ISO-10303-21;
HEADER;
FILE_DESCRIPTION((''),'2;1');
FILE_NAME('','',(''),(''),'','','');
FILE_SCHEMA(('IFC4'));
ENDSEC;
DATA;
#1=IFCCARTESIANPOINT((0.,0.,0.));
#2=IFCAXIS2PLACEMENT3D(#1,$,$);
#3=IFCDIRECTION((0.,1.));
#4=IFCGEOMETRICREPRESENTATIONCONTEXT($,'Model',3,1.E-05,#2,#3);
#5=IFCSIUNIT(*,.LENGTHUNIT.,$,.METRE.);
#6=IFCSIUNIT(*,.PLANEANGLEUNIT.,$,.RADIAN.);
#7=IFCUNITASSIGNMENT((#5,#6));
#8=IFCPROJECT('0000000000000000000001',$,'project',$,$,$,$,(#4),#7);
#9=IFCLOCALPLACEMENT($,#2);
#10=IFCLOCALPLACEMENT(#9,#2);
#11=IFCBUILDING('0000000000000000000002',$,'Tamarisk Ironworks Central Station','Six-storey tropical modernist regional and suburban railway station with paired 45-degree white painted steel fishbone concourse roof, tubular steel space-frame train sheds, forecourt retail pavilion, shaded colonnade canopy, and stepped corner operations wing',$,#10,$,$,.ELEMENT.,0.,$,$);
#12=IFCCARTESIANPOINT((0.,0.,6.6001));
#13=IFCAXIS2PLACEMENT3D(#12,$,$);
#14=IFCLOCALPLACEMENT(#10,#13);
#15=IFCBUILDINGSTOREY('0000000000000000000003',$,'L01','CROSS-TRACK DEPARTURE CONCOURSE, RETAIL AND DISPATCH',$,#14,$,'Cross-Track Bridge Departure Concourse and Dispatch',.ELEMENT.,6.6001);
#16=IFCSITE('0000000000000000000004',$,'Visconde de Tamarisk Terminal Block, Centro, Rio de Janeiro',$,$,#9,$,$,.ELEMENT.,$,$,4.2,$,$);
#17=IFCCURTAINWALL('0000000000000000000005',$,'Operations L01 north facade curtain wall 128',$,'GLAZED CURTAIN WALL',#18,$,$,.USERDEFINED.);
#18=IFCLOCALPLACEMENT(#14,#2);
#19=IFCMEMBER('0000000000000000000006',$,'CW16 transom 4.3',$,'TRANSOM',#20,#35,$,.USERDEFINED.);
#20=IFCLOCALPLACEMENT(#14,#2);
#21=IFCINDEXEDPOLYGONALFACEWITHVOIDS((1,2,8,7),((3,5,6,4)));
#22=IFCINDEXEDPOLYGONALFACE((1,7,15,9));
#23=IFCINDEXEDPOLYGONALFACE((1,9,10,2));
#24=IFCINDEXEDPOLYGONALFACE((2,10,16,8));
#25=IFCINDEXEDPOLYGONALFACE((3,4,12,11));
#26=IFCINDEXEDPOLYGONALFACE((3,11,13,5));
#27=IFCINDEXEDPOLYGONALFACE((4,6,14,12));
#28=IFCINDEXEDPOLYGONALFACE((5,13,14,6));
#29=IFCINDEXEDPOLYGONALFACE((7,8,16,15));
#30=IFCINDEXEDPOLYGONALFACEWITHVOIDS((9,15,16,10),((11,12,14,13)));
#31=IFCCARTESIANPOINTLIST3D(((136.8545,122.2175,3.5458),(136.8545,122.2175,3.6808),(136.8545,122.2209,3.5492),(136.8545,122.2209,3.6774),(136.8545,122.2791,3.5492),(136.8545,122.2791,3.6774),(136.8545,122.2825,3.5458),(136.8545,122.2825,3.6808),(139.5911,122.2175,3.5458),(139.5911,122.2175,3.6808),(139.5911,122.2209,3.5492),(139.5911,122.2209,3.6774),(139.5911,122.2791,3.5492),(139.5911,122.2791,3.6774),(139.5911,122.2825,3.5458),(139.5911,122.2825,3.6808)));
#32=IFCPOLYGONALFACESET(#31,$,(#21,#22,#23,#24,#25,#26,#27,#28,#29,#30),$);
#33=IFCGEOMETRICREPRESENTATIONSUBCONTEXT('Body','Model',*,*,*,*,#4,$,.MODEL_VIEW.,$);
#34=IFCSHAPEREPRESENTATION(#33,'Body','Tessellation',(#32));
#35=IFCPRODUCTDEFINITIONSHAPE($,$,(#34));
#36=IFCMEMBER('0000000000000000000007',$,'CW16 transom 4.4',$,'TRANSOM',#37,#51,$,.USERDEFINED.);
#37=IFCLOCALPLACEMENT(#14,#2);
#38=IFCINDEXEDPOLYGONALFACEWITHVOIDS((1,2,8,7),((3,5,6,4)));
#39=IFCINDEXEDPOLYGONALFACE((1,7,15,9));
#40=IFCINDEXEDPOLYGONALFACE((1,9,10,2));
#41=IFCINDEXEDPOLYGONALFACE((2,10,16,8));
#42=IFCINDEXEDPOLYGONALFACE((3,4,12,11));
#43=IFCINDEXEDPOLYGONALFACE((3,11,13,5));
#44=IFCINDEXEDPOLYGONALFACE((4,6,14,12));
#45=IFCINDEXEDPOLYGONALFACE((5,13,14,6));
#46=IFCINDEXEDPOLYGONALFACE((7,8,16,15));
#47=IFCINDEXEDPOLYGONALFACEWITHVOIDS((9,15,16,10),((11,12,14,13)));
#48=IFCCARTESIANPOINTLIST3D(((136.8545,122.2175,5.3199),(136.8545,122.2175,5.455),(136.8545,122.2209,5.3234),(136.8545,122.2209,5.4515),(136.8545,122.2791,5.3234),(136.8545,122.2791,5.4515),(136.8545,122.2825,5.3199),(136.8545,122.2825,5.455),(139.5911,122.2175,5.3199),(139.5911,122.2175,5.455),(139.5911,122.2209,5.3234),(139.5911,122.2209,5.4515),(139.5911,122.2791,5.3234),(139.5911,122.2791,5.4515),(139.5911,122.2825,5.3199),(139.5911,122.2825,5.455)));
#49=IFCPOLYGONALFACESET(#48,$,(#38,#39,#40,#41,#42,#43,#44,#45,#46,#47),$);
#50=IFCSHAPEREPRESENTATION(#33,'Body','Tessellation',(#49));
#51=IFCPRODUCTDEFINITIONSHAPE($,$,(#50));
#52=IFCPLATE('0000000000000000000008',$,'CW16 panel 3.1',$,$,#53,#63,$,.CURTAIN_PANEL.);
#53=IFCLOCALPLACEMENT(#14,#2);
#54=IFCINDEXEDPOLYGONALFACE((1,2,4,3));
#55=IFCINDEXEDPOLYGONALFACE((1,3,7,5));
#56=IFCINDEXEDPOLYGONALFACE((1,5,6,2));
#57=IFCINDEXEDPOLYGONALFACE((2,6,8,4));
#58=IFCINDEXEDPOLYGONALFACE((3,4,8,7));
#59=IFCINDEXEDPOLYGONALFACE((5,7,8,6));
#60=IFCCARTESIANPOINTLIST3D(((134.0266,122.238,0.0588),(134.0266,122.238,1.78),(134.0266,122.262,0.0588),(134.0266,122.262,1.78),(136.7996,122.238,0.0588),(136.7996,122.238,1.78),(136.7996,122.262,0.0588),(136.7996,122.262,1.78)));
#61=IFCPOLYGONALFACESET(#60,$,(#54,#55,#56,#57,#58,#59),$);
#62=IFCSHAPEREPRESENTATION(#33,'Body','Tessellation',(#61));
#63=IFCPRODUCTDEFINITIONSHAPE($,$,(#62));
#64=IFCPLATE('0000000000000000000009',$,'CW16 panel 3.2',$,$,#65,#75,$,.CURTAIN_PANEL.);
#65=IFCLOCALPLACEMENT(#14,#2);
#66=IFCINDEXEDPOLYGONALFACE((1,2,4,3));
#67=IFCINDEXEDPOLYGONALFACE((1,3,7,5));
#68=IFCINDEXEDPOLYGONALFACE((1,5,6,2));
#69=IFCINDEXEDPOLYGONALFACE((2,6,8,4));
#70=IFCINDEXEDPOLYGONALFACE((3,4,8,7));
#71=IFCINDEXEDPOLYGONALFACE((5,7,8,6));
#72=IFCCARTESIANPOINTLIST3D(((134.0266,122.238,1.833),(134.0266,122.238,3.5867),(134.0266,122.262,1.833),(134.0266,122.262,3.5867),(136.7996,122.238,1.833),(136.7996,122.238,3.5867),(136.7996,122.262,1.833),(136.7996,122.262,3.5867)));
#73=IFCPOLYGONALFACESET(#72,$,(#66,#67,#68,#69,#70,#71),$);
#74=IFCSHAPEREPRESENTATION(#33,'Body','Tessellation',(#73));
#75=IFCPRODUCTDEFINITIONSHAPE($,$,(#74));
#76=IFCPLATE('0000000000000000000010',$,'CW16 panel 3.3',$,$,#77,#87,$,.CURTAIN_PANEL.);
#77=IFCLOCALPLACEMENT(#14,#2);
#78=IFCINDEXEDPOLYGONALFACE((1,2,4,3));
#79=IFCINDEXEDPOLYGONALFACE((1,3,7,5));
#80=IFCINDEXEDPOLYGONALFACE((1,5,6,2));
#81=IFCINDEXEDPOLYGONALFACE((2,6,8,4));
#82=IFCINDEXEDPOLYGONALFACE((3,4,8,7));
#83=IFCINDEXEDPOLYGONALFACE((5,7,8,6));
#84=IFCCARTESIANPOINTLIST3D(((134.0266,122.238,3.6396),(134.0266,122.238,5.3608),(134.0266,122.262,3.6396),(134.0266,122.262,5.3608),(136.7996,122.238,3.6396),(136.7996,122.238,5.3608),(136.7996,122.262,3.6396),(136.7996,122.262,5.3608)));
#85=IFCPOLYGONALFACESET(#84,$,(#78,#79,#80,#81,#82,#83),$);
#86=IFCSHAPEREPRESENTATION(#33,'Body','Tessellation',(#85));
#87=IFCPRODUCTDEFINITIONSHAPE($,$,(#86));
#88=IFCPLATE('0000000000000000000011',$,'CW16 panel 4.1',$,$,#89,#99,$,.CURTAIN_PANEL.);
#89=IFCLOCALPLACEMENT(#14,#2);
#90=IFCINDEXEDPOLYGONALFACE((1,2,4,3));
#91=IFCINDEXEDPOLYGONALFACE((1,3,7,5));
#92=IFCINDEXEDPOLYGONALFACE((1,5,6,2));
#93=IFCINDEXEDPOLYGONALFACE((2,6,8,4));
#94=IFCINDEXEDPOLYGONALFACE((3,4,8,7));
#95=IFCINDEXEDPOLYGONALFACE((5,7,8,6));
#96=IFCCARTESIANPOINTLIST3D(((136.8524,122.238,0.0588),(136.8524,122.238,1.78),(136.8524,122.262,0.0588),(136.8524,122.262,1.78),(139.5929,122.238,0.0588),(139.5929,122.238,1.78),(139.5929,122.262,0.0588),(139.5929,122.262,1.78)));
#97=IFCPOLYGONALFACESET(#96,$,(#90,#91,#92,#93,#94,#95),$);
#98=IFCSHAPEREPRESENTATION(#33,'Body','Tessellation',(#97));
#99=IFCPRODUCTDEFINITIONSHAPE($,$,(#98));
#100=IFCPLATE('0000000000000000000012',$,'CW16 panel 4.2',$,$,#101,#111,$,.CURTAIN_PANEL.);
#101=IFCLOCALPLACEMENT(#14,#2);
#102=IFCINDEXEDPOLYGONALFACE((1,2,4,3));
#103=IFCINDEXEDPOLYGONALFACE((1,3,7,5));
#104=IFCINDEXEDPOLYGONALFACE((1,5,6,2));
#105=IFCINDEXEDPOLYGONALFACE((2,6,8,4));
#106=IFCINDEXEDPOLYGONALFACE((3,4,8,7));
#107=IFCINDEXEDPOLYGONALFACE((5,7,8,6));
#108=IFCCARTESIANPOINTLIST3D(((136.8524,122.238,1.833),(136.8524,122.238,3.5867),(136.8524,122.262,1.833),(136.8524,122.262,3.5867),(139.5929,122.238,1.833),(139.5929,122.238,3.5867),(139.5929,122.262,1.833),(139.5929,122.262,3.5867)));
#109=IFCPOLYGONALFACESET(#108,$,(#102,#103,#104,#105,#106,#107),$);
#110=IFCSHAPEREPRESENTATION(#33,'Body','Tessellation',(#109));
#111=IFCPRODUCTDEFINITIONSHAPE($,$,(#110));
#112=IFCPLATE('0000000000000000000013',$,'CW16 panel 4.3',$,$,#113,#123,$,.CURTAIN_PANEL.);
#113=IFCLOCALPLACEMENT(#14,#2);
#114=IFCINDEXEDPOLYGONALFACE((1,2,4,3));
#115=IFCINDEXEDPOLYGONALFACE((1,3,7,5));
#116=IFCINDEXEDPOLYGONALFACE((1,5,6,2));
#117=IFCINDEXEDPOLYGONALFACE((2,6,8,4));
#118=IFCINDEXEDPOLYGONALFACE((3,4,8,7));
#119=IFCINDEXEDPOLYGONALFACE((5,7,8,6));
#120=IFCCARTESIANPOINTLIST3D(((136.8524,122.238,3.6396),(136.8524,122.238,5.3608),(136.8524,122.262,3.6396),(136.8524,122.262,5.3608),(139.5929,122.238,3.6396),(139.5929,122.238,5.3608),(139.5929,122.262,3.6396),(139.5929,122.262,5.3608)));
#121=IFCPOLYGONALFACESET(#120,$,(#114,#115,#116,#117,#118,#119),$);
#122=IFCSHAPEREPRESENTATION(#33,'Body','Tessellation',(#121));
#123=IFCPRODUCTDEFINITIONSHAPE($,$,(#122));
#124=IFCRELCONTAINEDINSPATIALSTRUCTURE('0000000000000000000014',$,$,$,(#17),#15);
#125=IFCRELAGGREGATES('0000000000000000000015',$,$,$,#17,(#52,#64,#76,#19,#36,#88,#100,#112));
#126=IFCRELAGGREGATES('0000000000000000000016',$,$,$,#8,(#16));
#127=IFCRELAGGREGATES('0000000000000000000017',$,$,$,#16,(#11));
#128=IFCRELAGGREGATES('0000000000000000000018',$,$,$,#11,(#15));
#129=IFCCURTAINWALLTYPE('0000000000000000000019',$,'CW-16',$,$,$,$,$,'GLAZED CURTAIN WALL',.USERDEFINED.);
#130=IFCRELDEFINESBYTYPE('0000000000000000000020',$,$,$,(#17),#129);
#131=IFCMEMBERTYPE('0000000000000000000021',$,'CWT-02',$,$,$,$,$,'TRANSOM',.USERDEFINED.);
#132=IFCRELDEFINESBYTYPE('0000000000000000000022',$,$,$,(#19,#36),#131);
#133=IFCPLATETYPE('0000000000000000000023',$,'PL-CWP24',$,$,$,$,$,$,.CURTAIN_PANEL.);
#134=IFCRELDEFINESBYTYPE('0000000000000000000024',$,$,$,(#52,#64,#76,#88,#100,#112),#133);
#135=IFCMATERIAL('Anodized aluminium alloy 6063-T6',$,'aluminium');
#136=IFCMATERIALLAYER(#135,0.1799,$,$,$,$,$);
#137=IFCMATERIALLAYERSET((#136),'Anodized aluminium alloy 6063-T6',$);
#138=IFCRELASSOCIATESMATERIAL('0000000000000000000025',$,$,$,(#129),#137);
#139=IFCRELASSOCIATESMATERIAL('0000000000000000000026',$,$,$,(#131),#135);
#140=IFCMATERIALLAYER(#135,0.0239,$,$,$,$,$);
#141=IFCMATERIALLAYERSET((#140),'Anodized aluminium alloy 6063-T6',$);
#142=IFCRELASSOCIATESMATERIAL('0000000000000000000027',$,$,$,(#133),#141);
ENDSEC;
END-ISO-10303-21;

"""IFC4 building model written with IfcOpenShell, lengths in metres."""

from ifc_helpers import new_model, si_unit, direction, frame, origin, origin_2d, place, context, subcontext, project, spatial, rectangle, hollow_rectangle, extrude, material, layer, layer_set, material_profile, profile_set, type_object, element, aggregate, save


model = new_model("IFC4")

# Units and contexts
model_context = context("Model", 3, precision=1e-05, world=origin(), true_north=direction((0.0, 1.0)))
body_context = subcontext(model_context, "Body", "Model", "MODEL_VIEW")
ifc_project = project(units=[si_unit("LENGTHUNIT", "METRE"), si_unit("PLANEANGLEUNIT", "RADIAN")], contexts=[model_context])

# Site, building, storey
site_placement = place(None, origin())
site = spatial("IfcSite", under=ifc_project, at=site_placement, Name="Visconde de Tamarisk Terminal Block, Centro, Rio de Janeiro", CompositionType="ELEMENT", RefElevation=4.2)
building_placement = place(site_placement, origin())
building = spatial("IfcBuilding", under=site, at=building_placement, Name="Tamarisk Ironworks Central Station", Description="Six-storey tropical modernist regional and suburban railway station with paired 45-degree white painted steel fishbone concourse roof, tubular steel space-frame train sheds, forecourt retail pavilion, shaded colonnade canopy, and stepped corner operations wing", CompositionType="ELEMENT", ElevationOfRefHeight=0.0)
storey_placement = place(building_placement, frame((0.0, 0.0, 6.6001)))
storey = spatial("IfcBuildingStorey", under=building, at=storey_placement, Name="L01", Description="CROSS-TRACK DEPARTURE CONCOURSE, RETAIL AND DISPATCH", LongName="Cross-Track Bridge Departure Concourse and Dispatch", CompositionType="ELEMENT", Elevation=6.6001)

# Curtain wall, members, plates
ifc_material_1 = material(Name="Anodized aluminium alloy 6063-T6", Category="aluminium")
ifc_layer_1 = layer(ifc_material_1, 0.1799)
ifc_layer_set_1 = layer_set([ifc_layer_1], Name="Anodized aluminium alloy 6063-T6")
curtain_wall_type = type_object("IfcCurtainWallType", Name="CW-16", ElementType="GLAZED CURTAIN WALL", PredefinedType="USERDEFINED", material=ifc_layer_set_1)
curtain_wall_placement = place(storey_placement, origin())
curtain_wall = element("IfcCurtainWall", 1, at=curtain_wall_placement, inside=storey, type_object=curtain_wall_type, Name="Operations L01 north facade curtain wall 128", ObjectType="GLAZED CURTAIN WALL", PredefinedType="USERDEFINED")
ifc_material_profile_1 = material_profile(ifc_material_1, hollow_rectangle(XDim=0.0649, YDim=0.135, WallThickness=0.0034, at=origin_2d()), Name="ALUM 135x65")
ifc_profile_set_1 = profile_set([ifc_material_profile_1], Name="Anodized aluminium alloy 6063-T6")
member_type_1 = type_object("IfcMemberType", Name="CWT-02", ElementType="TRANSOM", PredefinedType="USERDEFINED", material=ifc_profile_set_1)
member_1_placement = place(storey_placement, frame((136.8545, 122.25, 3.6133), z_axis=(1.0, 0.0, 0.0), x_axis=(0.0, 1.0, 0.0)))
member_1 = element("IfcMember", 2, at=member_1_placement, type_object=member_type_1, Name="CW16 transom 4.3", ObjectType="TRANSOM", PredefinedType="USERDEFINED", context=body_context, shape_type="SweptSolid", body=[
    extrude(hollow_rectangle(XDim=0.0649, YDim=0.135, WallThickness=0.0034, at=origin_2d()), origin(), (0.0, 0.0, 1.0), 2.7366),
])
member_2_placement = place(storey_placement, frame((136.8545, 122.25, 5.3875), z_axis=(1.0, 0.0, 0.0), x_axis=(0.0, 1.0, 0.0)))
member_2 = element("IfcMember", 3, at=member_2_placement, type_object=member_type_1, Name="CW16 transom 4.4", ObjectType="TRANSOM", PredefinedType="USERDEFINED", context=body_context, shape_type="SweptSolid", body=[
    extrude(hollow_rectangle(XDim=0.0649, YDim=0.135, WallThickness=0.0034, at=origin_2d()), origin(), (0.0, 0.0, 1.0), 2.7366),
])
ifc_layer_2 = layer(ifc_material_1, 0.0239)
ifc_layer_set_2 = layer_set([ifc_layer_2], Name="Anodized aluminium alloy 6063-T6")
plate_type = type_object("IfcPlateType", Name="PL-CWP24", PredefinedType="CURTAIN_PANEL", material=ifc_layer_set_2)
plate_1_placement = place(storey_placement, frame((135.4131, 122.25, 0.0588), z_axis=(0.0, 0.0, 1.0), x_axis=(1.0, 0.0, 0.0)))
plate_1 = element("IfcPlate", 4, at=plate_1_placement, type_object=plate_type, Name="CW16 panel 3.1", PredefinedType="CURTAIN_PANEL", context=body_context, shape_type="SweptSolid", body=[
    extrude(rectangle(XDim=2.7729, YDim=0.0239, at=origin_2d()), origin(), (0.0, 0.0, 1.0), 1.7212),
])
plate_2_placement = place(storey_placement, frame((135.4131, 122.25, 1.833), z_axis=(0.0, 0.0, 1.0), x_axis=(1.0, 0.0, 0.0)))
plate_2 = element("IfcPlate", 5, at=plate_2_placement, type_object=plate_type, Name="CW16 panel 3.2", PredefinedType="CURTAIN_PANEL", context=body_context, shape_type="SweptSolid", body=[
    extrude(rectangle(XDim=2.7729, YDim=0.0239, at=origin_2d()), origin(), (0.0, 0.0, 1.0), 1.7537),
])
plate_3_placement = place(storey_placement, frame((135.4131, 122.25, 3.6396), z_axis=(0.0, 0.0, 1.0), x_axis=(1.0, 0.0, 0.0)))
plate_3 = element("IfcPlate", 6, at=plate_3_placement, type_object=plate_type, Name="CW16 panel 3.3", PredefinedType="CURTAIN_PANEL", context=body_context, shape_type="SweptSolid", body=[
    extrude(rectangle(XDim=2.7729, YDim=0.0239, at=origin_2d()), origin(), (0.0, 0.0, 1.0), 1.7212),
])
plate_4_placement = place(storey_placement, frame((138.2227, 122.25, 0.0588), z_axis=(0.0, 0.0, 1.0), x_axis=(1.0, 0.0, 0.0)))
plate_4 = element("IfcPlate", 7, at=plate_4_placement, type_object=plate_type, Name="CW16 panel 4.1", PredefinedType="CURTAIN_PANEL", context=body_context, shape_type="SweptSolid", body=[
    extrude(rectangle(XDim=2.7405, YDim=0.0239, at=origin_2d()), origin(), (0.0, 0.0, 1.0), 1.7212),
])
plate_5_placement = place(storey_placement, frame((138.2227, 122.25, 1.833), z_axis=(0.0, 0.0, 1.0), x_axis=(1.0, 0.0, 0.0)))
plate_5 = element("IfcPlate", 8, at=plate_5_placement, type_object=plate_type, Name="CW16 panel 4.2", PredefinedType="CURTAIN_PANEL", context=body_context, shape_type="SweptSolid", body=[
    extrude(rectangle(XDim=2.7405, YDim=0.0239, at=origin_2d()), origin(), (0.0, 0.0, 1.0), 1.7537),
])
plate_6_placement = place(storey_placement, frame((138.2227, 122.25, 3.6396), z_axis=(0.0, 0.0, 1.0), x_axis=(1.0, 0.0, 0.0)))
plate_6 = element("IfcPlate", 9, at=plate_6_placement, type_object=plate_type, Name="CW16 panel 4.3", PredefinedType="CURTAIN_PANEL", context=body_context, shape_type="SweptSolid", body=[
    extrude(rectangle(XDim=2.7405, YDim=0.0239, at=origin_2d()), origin(), (0.0, 0.0, 1.0), 1.7212),
])
aggregate(curtain_wall, [plate_1, plate_2, plate_3, member_1, member_2, plate_4, plate_5, plate_6])

save(model, "model.ifc")
